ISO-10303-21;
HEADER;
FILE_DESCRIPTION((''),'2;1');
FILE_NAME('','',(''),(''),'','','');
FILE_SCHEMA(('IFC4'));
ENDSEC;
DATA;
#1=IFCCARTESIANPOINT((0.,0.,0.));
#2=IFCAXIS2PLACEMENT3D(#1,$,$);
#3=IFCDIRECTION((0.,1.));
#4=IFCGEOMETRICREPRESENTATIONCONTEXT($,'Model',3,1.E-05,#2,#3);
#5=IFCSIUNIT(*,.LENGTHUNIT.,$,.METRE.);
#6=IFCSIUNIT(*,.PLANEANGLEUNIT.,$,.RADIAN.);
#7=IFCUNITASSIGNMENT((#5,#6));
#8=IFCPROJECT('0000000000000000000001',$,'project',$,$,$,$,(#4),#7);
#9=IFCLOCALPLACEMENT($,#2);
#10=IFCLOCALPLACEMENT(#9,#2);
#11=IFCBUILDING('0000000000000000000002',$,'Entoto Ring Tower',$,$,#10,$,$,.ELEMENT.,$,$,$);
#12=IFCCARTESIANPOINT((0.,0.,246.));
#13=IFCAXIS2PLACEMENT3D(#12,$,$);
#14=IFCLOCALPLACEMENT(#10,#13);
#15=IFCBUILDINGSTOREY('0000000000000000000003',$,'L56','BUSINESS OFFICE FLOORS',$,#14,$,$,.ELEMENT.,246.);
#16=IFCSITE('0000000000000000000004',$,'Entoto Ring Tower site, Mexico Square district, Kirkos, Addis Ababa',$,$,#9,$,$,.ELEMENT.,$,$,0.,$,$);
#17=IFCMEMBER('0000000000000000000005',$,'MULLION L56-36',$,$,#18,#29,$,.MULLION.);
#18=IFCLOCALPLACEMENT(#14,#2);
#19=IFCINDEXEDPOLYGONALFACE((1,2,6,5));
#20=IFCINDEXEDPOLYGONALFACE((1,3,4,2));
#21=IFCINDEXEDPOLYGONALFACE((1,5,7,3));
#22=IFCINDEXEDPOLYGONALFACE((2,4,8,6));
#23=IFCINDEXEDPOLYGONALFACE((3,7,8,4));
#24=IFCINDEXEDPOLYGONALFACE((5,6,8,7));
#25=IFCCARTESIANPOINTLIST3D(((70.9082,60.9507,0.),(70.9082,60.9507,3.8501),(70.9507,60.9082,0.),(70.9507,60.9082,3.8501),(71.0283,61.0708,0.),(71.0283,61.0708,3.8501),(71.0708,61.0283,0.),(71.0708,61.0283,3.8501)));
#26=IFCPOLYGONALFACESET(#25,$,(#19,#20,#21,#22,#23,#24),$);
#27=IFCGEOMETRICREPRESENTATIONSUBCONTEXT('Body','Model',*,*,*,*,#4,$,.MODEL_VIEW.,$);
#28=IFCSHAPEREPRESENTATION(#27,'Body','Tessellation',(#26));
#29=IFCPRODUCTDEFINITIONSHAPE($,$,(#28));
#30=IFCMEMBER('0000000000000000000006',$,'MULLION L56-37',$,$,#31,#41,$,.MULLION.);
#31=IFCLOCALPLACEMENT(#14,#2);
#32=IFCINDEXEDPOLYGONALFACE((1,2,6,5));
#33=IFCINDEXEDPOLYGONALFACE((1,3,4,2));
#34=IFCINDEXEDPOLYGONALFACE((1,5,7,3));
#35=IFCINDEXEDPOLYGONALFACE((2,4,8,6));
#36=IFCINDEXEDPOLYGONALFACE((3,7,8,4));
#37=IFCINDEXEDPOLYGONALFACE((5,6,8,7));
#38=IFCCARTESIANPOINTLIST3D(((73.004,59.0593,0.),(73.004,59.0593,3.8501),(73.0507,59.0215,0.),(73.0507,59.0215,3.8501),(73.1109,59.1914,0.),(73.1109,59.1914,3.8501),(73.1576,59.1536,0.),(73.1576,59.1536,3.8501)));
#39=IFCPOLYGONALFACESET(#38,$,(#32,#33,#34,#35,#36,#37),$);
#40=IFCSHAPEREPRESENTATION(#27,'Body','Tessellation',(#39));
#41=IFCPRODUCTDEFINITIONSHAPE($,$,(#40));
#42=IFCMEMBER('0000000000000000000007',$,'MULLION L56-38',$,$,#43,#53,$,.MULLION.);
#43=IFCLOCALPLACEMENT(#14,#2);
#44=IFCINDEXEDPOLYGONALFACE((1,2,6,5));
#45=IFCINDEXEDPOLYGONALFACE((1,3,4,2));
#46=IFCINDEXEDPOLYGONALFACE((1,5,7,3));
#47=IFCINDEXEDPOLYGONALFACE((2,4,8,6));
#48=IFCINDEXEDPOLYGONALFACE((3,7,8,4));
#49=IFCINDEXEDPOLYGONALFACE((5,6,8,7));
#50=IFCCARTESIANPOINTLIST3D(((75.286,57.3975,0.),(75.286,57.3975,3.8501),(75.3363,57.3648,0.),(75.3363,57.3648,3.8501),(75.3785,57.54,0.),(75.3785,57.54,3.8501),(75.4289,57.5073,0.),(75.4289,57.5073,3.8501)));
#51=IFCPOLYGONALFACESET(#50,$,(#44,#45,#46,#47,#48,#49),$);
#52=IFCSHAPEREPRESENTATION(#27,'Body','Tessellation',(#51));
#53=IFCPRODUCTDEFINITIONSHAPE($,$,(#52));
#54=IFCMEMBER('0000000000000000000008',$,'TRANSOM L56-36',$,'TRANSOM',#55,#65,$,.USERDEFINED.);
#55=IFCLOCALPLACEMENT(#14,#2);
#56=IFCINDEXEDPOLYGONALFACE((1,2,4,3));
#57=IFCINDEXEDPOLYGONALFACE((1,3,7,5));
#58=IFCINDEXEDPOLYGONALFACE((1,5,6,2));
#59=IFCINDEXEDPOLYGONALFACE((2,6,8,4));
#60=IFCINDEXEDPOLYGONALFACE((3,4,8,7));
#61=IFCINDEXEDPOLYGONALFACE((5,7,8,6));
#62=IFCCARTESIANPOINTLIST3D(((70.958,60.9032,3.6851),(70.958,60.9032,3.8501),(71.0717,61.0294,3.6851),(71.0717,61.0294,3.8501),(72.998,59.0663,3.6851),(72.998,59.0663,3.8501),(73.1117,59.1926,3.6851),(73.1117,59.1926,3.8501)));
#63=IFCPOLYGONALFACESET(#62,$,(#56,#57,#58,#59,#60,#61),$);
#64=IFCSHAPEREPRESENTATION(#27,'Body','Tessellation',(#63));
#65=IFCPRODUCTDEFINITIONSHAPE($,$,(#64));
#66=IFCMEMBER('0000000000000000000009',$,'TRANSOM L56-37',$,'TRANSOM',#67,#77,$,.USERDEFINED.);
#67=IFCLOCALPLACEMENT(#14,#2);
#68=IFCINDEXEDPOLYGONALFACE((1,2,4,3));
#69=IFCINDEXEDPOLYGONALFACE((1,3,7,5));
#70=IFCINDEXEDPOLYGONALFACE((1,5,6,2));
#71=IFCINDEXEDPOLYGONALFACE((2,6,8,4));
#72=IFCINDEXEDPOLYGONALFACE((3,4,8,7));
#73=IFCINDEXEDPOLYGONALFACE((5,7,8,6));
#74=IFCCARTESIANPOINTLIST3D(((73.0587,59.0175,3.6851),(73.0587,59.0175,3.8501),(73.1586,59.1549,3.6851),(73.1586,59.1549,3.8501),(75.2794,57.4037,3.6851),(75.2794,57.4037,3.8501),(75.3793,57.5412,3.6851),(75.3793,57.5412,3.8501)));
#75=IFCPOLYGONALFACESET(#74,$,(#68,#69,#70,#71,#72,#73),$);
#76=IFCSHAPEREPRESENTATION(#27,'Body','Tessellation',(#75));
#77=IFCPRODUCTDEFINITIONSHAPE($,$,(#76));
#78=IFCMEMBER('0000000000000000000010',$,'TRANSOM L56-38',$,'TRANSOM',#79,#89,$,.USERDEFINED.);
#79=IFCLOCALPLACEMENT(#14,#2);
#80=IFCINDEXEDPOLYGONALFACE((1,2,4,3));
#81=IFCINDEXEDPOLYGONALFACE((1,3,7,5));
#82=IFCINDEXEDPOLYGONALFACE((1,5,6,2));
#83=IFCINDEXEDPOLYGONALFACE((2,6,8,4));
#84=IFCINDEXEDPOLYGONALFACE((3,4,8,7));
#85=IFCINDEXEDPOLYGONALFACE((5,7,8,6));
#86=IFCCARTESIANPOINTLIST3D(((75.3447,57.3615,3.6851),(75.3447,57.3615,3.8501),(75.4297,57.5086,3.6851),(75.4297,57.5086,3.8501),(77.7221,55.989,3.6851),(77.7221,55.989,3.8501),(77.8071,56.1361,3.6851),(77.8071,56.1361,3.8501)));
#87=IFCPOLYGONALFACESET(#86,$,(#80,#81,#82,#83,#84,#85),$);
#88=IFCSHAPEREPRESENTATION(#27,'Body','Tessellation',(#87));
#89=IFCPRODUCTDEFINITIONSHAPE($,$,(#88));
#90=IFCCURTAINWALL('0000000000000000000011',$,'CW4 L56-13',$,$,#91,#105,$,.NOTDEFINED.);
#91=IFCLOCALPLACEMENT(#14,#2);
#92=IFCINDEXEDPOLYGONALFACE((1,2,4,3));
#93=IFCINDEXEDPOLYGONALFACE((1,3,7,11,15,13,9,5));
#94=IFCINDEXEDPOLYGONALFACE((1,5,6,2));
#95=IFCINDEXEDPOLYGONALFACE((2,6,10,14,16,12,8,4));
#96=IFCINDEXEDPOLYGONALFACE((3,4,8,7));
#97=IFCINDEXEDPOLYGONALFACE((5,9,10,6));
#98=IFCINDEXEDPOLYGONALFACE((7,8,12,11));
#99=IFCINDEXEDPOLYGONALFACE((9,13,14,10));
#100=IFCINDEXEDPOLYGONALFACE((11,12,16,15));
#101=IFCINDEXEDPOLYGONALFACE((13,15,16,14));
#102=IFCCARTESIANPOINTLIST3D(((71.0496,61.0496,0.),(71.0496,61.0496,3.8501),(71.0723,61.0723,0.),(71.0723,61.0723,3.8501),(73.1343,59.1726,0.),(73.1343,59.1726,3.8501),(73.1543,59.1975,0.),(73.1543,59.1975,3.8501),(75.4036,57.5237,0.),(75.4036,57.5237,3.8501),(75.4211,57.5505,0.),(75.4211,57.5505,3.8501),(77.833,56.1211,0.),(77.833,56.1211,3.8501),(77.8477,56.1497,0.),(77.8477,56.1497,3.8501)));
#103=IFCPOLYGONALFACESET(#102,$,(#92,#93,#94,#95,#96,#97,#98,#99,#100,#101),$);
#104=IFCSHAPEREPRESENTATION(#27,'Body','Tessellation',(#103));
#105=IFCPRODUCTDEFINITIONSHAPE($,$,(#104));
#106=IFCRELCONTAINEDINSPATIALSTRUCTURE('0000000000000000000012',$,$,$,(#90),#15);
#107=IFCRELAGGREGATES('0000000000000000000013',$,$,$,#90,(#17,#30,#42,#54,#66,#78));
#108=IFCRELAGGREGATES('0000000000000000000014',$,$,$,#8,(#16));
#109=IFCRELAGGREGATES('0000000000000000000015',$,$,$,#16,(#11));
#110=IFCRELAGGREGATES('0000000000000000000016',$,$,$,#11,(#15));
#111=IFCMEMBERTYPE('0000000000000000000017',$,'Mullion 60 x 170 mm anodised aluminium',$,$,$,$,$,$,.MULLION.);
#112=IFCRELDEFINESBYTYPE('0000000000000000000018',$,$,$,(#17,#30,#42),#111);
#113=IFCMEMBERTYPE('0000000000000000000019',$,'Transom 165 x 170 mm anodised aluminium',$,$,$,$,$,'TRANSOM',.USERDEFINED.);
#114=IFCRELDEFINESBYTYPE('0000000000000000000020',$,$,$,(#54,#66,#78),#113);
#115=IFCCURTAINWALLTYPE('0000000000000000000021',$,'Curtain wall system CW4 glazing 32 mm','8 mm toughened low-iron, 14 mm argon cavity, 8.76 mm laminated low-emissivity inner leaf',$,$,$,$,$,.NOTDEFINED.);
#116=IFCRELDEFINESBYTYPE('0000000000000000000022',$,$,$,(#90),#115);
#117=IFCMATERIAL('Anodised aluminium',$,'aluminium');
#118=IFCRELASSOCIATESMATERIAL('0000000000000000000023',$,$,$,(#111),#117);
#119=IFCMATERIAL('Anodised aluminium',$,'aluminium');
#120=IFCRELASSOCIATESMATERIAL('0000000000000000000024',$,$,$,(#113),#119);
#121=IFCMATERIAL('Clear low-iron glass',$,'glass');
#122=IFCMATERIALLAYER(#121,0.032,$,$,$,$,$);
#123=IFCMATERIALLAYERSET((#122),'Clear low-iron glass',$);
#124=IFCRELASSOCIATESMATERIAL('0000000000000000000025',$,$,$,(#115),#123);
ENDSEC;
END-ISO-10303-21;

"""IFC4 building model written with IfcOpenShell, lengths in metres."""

from ifc_helpers import new_model, si_unit, direction, frame, origin, origin_2d, place, context, subcontext, project, spatial, polyline, rectangle, outline, extrude, material, layer, layer_set, material_profile, profile_set, type_object, element, aggregate, save


model = new_model("IFC4")

# Units and contexts
model_context = context("Model", 3, precision=1e-05, world=origin(), true_north=direction((0.0, 1.0)))
body_context = subcontext(model_context, "Body", "Model", "MODEL_VIEW")
ifc_project = project(units=[si_unit("LENGTHUNIT", "METRE"), si_unit("PLANEANGLEUNIT", "RADIAN")], contexts=[model_context])

# Members
ifc_material_1 = material(Name="Anodised aluminium", Category="aluminium")
ifc_material_profile_1 = material_profile(ifc_material_1, rectangle(XDim=0.0601, YDim=0.1699, at=origin_2d()), Name="Mullion 60 x 170 mm anodised aluminium")
ifc_profile_set_1 = profile_set([ifc_material_profile_1], Name="Anodised aluminium")
member_type_1 = type_object("IfcMemberType", Name="Mullion 60 x 170 mm anodised aluminium", PredefinedType="MULLION", material=ifc_profile_set_1)
site_placement = place(None, origin())
building_placement = place(site_placement, origin())
storey_placement = place(building_placement, frame((0.0, 0.0, 246.0)))
member_1_placement = place(storey_placement, frame((70.9895, 60.9895, 0.0), z_axis=(0.0, 0.0, 1.0), x_axis=(0.707107, -0.707107, 0.0)))
member_1 = element("IfcMember", 1, at=member_1_placement, type_object=member_type_1, Name="MULLION L56-36", PredefinedType="MULLION", context=body_context, shape_type="SweptSolid", body=[
    extrude(rectangle(XDim=0.0601, YDim=0.1699, at=origin_2d()), origin(), (0.0, 0.0, 1.0), 3.8501),
])
member_2_placement = place(storey_placement, frame((73.0808, 59.1064, 0.0), z_axis=(0.0, 0.0, 1.0), x_axis=(0.777146, -0.62932, 0.0)))
member_2 = element("IfcMember", 2, at=member_2_placement, type_object=member_type_1, Name="MULLION L56-37", PredefinedType="MULLION", context=body_context, shape_type="SweptSolid", body=[
    extrude(rectangle(XDim=0.0601, YDim=0.1699, at=origin_2d()), origin(), (0.0, 0.0, 1.0), 3.8501),
])
member_3_placement = place(storey_placement, frame((75.3574, 57.4524, 0.0), z_axis=(0.0, 0.0, 1.0), x_axis=(0.838671, -0.544639, 0.0)))
member_3 = element("IfcMember", 3, at=member_3_placement, type_object=member_type_1, Name="MULLION L56-38", PredefinedType="MULLION", context=body_context, shape_type="SweptSolid", body=[
    extrude(rectangle(XDim=0.0601, YDim=0.1699, at=origin_2d()), origin(), (0.0, 0.0, 1.0), 3.8501),
])
ifc_material_2 = material(Name="Anodised aluminium", Category="aluminium")
ifc_material_profile_2 = material_profile(ifc_material_2, rectangle(XDim=0.1699, YDim=0.165, at=origin_2d()), Name="Transom 165 x 170 mm anodised aluminium")
ifc_profile_set_2 = profile_set([ifc_material_profile_2], Name="Anodised aluminium")
member_type_2 = type_object("IfcMemberType", Name="Transom 165 x 170 mm anodised aluminium", ElementType="TRANSOM", PredefinedType="USERDEFINED", material=ifc_profile_set_2)
member_4_placement = place(storey_placement, frame((71.0149, 60.9663, 3.7676), z_axis=(0.743135, -0.669142, 0.0), x_axis=(0.669142, 0.743135, 0.0)))
member_4 = element("IfcMember", 4, at=member_4_placement, type_object=member_type_2, Name="TRANSOM L56-36", ObjectType="TRANSOM", PredefinedType="USERDEFINED", context=body_context, shape_type="SweptSolid", body=[
    extrude(rectangle(XDim=0.1699, YDim=0.165, at=origin_2d()), origin(), (0.0, 0.0, 1.0), 2.7451),
])
member_5_placement = place(storey_placement, frame((73.1086, 59.0862, 3.7676), z_axis=(0.808959, -0.587865, 0.0), x_axis=(0.587865, 0.808959, 0.0)))
member_5 = element("IfcMember", 5, at=member_5_placement, type_object=member_type_2, Name="TRANSOM L56-37", ObjectType="TRANSOM", PredefinedType="USERDEFINED", context=body_context, shape_type="SweptSolid", body=[
    extrude(rectangle(XDim=0.1699, YDim=0.165, at=origin_2d()), origin(), (0.0, 0.0, 1.0), 2.7451),
])
member_6_placement = place(storey_placement, frame((75.3872, 57.4351, 3.7676), z_axis=(0.866035, -0.499984, 0.0), x_axis=(0.499984, 0.866035, 0.0)))
member_6 = element("IfcMember", 6, at=member_6_placement, type_object=member_type_2, Name="TRANSOM L56-38", ObjectType="TRANSOM", PredefinedType="USERDEFINED", context=body_context, shape_type="SweptSolid", body=[
    extrude(rectangle(XDim=0.1699, YDim=0.165, at=origin_2d()), origin(), (0.0, 0.0, 1.0), 2.7451),
])

# Site, building, storey
site = spatial("IfcSite", under=ifc_project, at=site_placement, Name="Entoto Ring Tower site, Mexico Square district, Kirkos, Addis Ababa", CompositionType="ELEMENT", RefElevation=0.0)
building = spatial("IfcBuilding", under=site, at=building_placement, Name="Entoto Ring Tower", CompositionType="ELEMENT")
storey = spatial("IfcBuildingStorey", under=building, at=storey_placement, Name="L56", Description="BUSINESS OFFICE FLOORS", CompositionType="ELEMENT", Elevation=246.0)

# Curtain wall
ifc_material_3 = material(Name="Clear low-iron glass", Category="glass")
ifc_layer = layer(ifc_material_3, 0.032)
ifc_layer_set = layer_set([ifc_layer], Name="Clear low-iron glass")
curtain_wall_type = type_object("IfcCurtainWallType", Name="Curtain wall system CW4 glazing 32 mm", Description="8 mm toughened low-iron, 14 mm argon cavity, 8.76 mm laminated low-emissivity inner leaf", PredefinedType="NOTDEFINED", material=ifc_layer_set)
curtain_wall_1_placement = place(storey_placement, origin())
curtain_wall_1 = element("IfcCurtainWall", 7, at=curtain_wall_1_placement, inside=storey, type_object=curtain_wall_type, Name="CW4 L56-13", PredefinedType="NOTDEFINED", context=body_context, shape_type="SweptSolid", body=[
    extrude(outline(polyline([(71.0496, 61.0496), (73.1343, 59.1726), (75.4036, 57.5237), (77.833, 56.1211), (77.8477, 56.1497), (75.4211, 57.5505), (73.1543, 59.1975), (71.0723, 61.0723), (71.0496, 61.0496)])), origin(), (0.0, 0.0, 1.0), 3.8501),
])
aggregate(curtain_wall_1, [member_1, member_2, member_3, member_4, member_5, member_6])

save(model, "model.ifc")
